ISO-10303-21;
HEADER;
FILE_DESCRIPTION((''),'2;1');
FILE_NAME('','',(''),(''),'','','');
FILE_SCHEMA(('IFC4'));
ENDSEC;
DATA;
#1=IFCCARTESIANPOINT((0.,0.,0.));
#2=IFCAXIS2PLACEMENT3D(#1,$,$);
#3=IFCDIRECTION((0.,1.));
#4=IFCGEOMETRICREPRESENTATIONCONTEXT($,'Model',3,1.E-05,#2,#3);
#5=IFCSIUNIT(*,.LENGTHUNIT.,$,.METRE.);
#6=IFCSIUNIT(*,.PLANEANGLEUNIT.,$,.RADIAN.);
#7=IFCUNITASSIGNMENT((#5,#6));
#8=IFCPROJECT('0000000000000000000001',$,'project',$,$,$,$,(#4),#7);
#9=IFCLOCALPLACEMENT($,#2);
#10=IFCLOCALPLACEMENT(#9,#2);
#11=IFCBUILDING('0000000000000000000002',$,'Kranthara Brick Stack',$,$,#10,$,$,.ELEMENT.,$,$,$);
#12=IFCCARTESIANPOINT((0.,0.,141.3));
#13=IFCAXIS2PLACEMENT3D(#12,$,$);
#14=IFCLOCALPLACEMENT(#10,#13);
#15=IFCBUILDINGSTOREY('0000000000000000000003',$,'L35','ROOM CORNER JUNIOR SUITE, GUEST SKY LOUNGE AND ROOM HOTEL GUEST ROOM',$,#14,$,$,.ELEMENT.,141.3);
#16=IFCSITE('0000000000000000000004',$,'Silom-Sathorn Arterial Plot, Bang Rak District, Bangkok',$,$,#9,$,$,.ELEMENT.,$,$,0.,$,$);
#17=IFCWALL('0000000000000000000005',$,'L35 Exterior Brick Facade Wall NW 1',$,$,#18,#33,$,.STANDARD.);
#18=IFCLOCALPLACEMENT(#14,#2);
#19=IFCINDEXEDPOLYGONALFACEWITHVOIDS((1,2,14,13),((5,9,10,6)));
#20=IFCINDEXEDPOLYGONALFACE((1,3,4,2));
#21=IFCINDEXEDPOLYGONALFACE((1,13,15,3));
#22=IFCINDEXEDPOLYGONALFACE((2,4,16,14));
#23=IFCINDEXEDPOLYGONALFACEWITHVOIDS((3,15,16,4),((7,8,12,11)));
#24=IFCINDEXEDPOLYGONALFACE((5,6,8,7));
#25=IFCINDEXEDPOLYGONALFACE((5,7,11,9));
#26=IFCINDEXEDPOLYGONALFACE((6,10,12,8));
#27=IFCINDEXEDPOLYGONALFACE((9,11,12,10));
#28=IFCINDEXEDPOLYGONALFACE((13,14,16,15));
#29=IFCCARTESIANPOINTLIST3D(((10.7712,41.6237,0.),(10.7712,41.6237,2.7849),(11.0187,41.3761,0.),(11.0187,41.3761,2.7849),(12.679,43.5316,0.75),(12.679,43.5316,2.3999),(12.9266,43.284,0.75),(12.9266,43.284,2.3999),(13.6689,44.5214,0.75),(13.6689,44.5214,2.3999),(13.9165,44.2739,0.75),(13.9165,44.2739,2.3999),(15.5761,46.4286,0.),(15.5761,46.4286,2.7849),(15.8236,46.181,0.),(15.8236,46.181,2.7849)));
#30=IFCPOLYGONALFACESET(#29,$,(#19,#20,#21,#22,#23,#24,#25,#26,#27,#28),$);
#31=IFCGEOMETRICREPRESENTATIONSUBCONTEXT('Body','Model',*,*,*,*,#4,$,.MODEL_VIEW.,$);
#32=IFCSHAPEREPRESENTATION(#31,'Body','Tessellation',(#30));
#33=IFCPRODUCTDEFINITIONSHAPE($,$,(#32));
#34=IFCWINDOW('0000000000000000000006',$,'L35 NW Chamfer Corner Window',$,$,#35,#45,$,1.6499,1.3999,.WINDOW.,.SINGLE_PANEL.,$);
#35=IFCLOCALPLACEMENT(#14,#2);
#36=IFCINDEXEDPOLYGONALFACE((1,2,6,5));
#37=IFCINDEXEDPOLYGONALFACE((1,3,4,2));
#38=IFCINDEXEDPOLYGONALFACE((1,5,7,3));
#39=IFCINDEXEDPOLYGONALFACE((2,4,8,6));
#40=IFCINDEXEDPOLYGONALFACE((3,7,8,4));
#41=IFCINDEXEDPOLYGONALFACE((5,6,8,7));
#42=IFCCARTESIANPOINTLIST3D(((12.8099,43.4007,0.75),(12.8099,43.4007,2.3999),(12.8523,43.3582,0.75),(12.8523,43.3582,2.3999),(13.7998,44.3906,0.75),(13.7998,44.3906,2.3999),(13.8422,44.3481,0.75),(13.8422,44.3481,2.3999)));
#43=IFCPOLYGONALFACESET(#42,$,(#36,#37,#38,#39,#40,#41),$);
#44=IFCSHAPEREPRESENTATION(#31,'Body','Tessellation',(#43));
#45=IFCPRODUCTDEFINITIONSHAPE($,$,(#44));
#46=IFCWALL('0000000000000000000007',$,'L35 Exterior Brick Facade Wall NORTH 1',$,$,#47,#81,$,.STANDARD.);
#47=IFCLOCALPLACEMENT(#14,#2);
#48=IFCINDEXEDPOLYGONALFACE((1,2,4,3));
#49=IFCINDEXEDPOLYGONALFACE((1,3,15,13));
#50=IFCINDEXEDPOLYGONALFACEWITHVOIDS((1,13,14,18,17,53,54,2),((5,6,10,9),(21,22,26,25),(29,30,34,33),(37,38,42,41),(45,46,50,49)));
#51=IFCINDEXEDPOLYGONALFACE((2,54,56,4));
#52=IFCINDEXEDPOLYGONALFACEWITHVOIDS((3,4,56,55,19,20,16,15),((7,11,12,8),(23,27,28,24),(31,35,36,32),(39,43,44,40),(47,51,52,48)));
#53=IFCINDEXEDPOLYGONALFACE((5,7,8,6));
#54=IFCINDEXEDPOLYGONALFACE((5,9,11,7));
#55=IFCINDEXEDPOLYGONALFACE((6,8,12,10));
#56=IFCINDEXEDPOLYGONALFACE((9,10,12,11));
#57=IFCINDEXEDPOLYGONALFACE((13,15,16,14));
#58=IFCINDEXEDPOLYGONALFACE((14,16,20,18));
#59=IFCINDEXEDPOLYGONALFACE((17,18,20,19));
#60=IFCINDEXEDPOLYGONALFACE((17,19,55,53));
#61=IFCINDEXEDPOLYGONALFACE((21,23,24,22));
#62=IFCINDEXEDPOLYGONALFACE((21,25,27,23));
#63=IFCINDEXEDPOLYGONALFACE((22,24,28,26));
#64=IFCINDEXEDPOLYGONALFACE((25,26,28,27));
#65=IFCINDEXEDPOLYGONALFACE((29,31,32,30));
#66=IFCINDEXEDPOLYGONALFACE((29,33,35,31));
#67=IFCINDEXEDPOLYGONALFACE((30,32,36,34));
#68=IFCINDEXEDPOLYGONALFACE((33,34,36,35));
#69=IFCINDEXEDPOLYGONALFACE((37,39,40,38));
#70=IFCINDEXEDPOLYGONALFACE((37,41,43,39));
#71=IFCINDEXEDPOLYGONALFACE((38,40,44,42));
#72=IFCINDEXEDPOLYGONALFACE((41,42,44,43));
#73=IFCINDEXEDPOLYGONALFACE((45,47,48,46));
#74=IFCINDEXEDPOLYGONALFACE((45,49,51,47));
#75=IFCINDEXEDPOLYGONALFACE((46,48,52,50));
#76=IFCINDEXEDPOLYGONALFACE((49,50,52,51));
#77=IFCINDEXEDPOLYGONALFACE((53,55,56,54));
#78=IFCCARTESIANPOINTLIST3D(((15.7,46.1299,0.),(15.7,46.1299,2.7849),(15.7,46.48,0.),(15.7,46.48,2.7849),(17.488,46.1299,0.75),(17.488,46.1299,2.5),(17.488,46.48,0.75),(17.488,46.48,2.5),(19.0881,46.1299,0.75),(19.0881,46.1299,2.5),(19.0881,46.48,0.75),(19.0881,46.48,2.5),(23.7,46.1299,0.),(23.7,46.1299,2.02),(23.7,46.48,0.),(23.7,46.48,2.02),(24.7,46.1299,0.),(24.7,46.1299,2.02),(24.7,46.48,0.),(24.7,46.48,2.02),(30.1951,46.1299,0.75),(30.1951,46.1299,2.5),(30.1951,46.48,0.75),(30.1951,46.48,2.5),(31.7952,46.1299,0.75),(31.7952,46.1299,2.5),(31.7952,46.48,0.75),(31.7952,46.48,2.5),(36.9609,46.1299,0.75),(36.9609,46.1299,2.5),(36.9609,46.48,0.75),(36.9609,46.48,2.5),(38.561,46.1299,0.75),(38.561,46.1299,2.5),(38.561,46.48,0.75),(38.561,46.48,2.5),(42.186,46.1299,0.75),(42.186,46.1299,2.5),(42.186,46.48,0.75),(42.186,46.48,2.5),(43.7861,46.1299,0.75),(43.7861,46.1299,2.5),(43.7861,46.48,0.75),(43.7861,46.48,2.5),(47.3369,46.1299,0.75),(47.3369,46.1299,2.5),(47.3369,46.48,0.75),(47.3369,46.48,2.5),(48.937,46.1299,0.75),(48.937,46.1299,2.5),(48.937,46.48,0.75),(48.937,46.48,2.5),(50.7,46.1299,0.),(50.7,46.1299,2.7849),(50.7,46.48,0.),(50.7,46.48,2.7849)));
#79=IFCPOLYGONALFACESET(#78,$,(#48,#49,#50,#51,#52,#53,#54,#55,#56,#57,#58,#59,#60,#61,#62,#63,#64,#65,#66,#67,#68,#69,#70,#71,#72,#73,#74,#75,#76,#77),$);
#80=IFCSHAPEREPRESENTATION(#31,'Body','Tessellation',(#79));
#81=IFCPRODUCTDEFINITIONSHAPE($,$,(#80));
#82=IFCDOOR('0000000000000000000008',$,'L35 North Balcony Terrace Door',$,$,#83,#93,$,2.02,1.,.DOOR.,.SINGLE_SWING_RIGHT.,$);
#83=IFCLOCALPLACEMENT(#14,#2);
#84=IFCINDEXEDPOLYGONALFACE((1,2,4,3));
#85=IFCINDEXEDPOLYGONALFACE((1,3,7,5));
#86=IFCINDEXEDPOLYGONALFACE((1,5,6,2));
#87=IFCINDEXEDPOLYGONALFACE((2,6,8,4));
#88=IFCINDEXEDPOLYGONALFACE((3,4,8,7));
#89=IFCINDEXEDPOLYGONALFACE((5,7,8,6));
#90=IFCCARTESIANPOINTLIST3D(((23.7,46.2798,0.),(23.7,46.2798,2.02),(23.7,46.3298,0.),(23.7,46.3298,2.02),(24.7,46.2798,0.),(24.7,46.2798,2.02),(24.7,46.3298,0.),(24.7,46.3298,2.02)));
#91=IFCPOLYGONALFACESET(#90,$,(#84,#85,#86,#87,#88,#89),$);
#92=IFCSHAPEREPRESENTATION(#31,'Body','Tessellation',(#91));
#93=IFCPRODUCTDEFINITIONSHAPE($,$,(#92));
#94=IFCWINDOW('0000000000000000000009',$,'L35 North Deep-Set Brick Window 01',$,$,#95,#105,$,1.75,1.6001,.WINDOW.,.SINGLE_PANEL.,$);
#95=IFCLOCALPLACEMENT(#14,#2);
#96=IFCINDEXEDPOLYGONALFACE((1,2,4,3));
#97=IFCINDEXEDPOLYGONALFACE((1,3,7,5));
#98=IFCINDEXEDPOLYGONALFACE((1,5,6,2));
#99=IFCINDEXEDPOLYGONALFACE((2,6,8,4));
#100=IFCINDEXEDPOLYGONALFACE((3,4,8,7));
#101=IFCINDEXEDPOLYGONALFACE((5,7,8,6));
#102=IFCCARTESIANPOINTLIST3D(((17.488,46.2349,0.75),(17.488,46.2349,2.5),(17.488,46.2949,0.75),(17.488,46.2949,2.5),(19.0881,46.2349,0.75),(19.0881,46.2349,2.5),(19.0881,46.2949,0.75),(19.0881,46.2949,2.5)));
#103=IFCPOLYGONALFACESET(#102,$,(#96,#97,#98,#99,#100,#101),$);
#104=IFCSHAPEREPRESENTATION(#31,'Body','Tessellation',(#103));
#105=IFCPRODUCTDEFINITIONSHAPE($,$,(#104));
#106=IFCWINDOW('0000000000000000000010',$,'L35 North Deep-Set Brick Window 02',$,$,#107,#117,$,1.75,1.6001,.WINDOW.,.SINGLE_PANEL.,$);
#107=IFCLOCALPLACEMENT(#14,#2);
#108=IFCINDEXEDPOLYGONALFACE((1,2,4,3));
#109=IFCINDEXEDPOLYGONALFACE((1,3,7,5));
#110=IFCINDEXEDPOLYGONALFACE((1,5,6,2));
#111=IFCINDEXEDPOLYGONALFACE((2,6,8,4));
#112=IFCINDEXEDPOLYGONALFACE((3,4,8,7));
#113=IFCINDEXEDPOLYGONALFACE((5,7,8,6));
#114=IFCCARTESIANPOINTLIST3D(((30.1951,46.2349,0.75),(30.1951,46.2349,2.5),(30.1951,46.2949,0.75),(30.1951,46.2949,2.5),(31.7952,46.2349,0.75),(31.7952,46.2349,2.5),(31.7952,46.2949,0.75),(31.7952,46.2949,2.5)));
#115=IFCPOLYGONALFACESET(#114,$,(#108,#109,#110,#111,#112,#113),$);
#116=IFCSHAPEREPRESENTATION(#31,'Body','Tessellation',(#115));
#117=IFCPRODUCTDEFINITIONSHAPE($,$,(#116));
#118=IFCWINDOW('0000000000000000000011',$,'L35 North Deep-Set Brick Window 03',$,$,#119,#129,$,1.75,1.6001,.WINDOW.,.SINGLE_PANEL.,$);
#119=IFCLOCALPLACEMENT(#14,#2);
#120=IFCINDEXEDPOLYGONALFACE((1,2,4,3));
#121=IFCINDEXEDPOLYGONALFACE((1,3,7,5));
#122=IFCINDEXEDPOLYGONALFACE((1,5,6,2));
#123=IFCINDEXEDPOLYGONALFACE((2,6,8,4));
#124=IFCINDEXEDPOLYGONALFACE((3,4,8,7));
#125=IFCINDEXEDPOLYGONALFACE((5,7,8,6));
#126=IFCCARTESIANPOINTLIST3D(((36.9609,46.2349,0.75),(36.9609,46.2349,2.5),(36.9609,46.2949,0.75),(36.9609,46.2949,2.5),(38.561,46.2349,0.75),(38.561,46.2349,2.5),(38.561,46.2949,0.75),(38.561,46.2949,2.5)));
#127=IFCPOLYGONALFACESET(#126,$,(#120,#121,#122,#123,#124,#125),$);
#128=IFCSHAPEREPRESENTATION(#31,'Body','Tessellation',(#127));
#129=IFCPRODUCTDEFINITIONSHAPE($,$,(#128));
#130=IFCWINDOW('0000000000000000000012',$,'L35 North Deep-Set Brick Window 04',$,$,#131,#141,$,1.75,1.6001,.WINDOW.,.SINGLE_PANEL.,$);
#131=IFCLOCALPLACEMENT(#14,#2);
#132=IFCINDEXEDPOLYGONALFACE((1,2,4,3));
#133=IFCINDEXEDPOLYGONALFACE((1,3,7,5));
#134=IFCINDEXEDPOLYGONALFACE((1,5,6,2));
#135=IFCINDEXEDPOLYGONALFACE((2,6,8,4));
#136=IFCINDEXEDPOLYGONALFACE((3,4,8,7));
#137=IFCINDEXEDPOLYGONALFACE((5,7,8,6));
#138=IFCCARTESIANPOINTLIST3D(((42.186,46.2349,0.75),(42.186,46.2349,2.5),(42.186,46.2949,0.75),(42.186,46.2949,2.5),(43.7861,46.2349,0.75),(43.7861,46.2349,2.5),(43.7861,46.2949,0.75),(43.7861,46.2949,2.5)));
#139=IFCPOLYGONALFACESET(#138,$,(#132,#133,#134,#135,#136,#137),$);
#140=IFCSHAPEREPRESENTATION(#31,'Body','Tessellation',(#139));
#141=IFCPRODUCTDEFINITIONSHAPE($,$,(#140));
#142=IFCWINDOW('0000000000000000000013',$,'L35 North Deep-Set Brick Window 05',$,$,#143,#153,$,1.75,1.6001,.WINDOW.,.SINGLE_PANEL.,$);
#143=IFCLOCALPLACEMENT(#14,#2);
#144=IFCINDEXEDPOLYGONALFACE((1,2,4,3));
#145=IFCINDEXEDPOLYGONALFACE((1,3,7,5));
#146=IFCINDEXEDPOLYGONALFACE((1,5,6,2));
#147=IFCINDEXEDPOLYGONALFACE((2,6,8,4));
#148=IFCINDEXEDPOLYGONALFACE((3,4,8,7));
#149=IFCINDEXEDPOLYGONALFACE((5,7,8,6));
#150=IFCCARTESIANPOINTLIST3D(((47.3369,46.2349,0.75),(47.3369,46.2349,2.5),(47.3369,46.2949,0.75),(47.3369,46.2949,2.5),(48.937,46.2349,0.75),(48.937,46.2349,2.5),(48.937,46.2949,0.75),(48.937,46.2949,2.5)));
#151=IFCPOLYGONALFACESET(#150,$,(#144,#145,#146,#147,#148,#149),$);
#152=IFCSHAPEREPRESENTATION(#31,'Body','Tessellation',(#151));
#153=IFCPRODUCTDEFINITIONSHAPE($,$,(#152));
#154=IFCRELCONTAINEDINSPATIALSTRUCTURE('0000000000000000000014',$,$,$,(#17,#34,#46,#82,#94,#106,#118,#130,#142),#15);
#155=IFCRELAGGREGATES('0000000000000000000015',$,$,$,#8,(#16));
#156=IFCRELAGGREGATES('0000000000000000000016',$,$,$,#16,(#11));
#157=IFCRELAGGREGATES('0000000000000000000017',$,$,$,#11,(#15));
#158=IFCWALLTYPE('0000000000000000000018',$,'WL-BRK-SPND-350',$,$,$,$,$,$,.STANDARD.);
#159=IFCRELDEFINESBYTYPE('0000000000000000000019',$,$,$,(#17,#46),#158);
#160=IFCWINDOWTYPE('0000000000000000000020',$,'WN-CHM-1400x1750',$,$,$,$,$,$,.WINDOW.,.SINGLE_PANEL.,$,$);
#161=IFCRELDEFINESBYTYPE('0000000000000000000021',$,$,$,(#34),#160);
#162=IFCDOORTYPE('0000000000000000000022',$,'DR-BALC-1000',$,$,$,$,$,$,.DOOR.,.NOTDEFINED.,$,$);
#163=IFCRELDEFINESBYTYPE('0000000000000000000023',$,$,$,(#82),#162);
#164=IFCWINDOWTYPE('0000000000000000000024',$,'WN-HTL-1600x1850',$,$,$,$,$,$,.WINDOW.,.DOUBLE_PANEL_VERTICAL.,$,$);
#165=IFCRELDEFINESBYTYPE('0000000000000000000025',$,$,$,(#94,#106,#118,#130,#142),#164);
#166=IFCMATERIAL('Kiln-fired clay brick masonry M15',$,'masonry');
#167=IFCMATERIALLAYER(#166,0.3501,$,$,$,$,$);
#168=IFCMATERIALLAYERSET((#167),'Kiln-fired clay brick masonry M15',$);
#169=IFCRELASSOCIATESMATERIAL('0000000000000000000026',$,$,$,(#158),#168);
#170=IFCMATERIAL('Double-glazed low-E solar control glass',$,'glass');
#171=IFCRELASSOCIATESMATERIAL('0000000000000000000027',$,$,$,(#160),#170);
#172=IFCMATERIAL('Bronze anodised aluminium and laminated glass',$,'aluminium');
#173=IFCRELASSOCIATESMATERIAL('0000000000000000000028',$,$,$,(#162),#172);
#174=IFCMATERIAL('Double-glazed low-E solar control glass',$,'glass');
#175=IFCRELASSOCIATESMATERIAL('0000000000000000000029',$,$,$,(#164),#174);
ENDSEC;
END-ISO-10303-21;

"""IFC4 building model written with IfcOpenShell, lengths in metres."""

from ifc_helpers import new_model, si_unit, direction, frame, frame_2d, origin, place, context, subcontext, project, spatial, rectangle, extrude, material, layer, layer_set, type_object, element, fill, save


model = new_model("IFC4")

# Units and contexts
model_context = context("Model", 3, precision=1e-05, world=origin(), true_north=direction((0.0, 1.0)))
body_context = subcontext(model_context, "Body", "Model", "MODEL_VIEW")
ifc_project = project(units=[si_unit("LENGTHUNIT", "METRE"), si_unit("PLANEANGLEUNIT", "RADIAN")], contexts=[model_context])

# Site, building, storey
site_placement = place(None, origin())
site = spatial("IfcSite", under=ifc_project, at=site_placement, Name="Silom-Sathorn Arterial Plot, Bang Rak District, Bangkok", CompositionType="ELEMENT", RefElevation=0.0)
building_placement = place(site_placement, origin())
building = spatial("IfcBuilding", under=site, at=building_placement, Name="Kranthara Brick Stack", CompositionType="ELEMENT")
storey_placement = place(building_placement, frame((0.0, 0.0, 141.3)))
storey = spatial("IfcBuildingStorey", under=building, at=storey_placement, Name="L35", Description="ROOM CORNER JUNIOR SUITE, GUEST SKY LOUNGE AND ROOM HOTEL GUEST ROOM", CompositionType="ELEMENT", Elevation=141.3)

# Wall, opening, window
ifc_material_1 = material(Name="Kiln-fired clay brick masonry M15", Category="masonry")
ifc_layer_1 = layer(ifc_material_1, 0.3501)
ifc_layer_set_1 = layer_set([ifc_layer_1], Name="Kiln-fired clay brick masonry M15")
wall_type_1 = type_object("IfcWallType", Name="WL-BRK-SPND-350", PredefinedType="STANDARD", material=ifc_layer_set_1)
wall_1_placement = place(storey_placement, frame((10.895, 41.5, 0.0), z_axis=(0.0, 0.0, 1.0), x_axis=(0.707107, 0.707107, 0.0)))
wall_1 = element("IfcWall", 1, at=wall_1_placement, inside=storey, type_object=wall_type_1, Name="L35 Exterior Brick Facade Wall NW 1", PredefinedType="STANDARD", context=body_context, shape_type="SweptSolid", body=[
    extrude(rectangle(XDim=6.7952, YDim=0.3501, at=frame_2d((3.3975, 0.0))), origin(), (0.0, 0.0, 1.0), 2.7849),
])
opening_1_placement = place(wall_1_placement, frame((2.698, 0.0, 0.75)))
opening_1 = element("IfcOpeningElement", 2, at=opening_1_placement, cuts=wall_1, PredefinedType="OPENING", context=body_context, shape_type="SweptSolid", body=[
    extrude(rectangle(XDim=1.3999, YDim=1.6499, at=frame_2d((0.7, 0.825))), frame((0.0, 0.1851, 0.0), z_axis=(0.0, -1.0, 0.0), x_axis=(1.0, 0.0, 0.0)), (0.0, 0.0, 1.0), 0.3701),
])
ifc_material_2 = material(Name="Double-glazed low-E solar control glass", Category="glass")
window_type_1 = type_object("IfcWindowType", Name="WN-CHM-1400x1750", PartitioningType="SINGLE_PANEL", PredefinedType="WINDOW", material=ifc_material_2)
window_1_placement = place(opening_1_placement, origin())
window_1 = element("IfcWindow", 3, at=window_1_placement, inside=storey, type_object=window_type_1, Name="L35 NW Chamfer Corner Window", OverallHeight=1.6499, OverallWidth=1.3999, PartitioningType="SINGLE_PANEL", PredefinedType="WINDOW", context=body_context, shape_type="SweptSolid", body=[
    extrude(rectangle(XDim=1.3999, YDim=1.6499, at=frame_2d((0.7, 0.825))), frame((0.0, -0.01, 0.0), z_axis=(0.0, -1.0, 0.0), x_axis=(1.0, 0.0, 0.0)), (0.0, 0.0, 1.0), 0.0601),
])
fill(opening_1, window_1)

# Wall, openings, door, windows
wall_2_placement = place(storey_placement, frame((15.7, 46.3049, 0.0), z_axis=(0.0, 0.0, 1.0), x_axis=(1.0, 0.0, 0.0)))
wall_2 = element("IfcWall", 4, at=wall_2_placement, inside=storey, type_object=wall_type_1, Name="L35 Exterior Brick Facade Wall NORTH 1", PredefinedType="STANDARD", context=body_context, shape_type="SweptSolid", body=[
    extrude(rectangle(XDim=35.0, YDim=0.3501, at=frame_2d((17.5, 0.0))), origin(), (0.0, 0.0, 1.0), 2.7849),
])
opening_2_placement = place(wall_2_placement, frame((8.0, 0.0, 0.0)))
opening_2 = element("IfcOpeningElement", 5, at=opening_2_placement, cuts=wall_2, PredefinedType="OPENING", context=body_context, shape_type="SweptSolid", body=[
    extrude(rectangle(XDim=1.0, YDim=2.02, at=frame_2d((0.5, 1.01))), frame((0.0, 0.1851, 0.0), z_axis=(0.0, -1.0, 0.0), x_axis=(1.0, 0.0, 0.0)), (0.0, 0.0, 1.0), 0.3701),
])
opening_3_placement = place(wall_2_placement, frame((1.7881, 0.0, 0.75)))
opening_3 = element("IfcOpeningElement", 6, at=opening_3_placement, cuts=wall_2, PredefinedType="OPENING", context=body_context, shape_type="SweptSolid", body=[
    extrude(rectangle(XDim=1.6001, YDim=1.75, at=frame_2d((0.8, 0.875))), frame((0.0, 0.1851, 0.0), z_axis=(0.0, -1.0, 0.0), x_axis=(1.0, 0.0, 0.0)), (0.0, 0.0, 1.0), 0.3701),
])
opening_4_placement = place(wall_2_placement, frame((14.4951, 0.0, 0.75)))
opening_4 = element("IfcOpeningElement", 7, at=opening_4_placement, cuts=wall_2, PredefinedType="OPENING", context=body_context, shape_type="SweptSolid", body=[
    extrude(rectangle(XDim=1.6001, YDim=1.75, at=frame_2d((0.8, 0.875))), frame((0.0, 0.1851, 0.0), z_axis=(0.0, -1.0, 0.0), x_axis=(1.0, 0.0, 0.0)), (0.0, 0.0, 1.0), 0.3701),
])
opening_5_placement = place(wall_2_placement, frame((21.261, 0.0, 0.75)))
opening_5 = element("IfcOpeningElement", 8, at=opening_5_placement, cuts=wall_2, PredefinedType="OPENING", context=body_context, shape_type="SweptSolid", body=[
    extrude(rectangle(XDim=1.6001, YDim=1.75, at=frame_2d((0.8, 0.875))), frame((0.0, 0.1851, 0.0), z_axis=(0.0, -1.0, 0.0), x_axis=(1.0, 0.0, 0.0)), (0.0, 0.0, 1.0), 0.3701),
])
opening_6_placement = place(wall_2_placement, frame((26.4861, 0.0, 0.75)))
opening_6 = element("IfcOpeningElement", 9, at=opening_6_placement, cuts=wall_2, PredefinedType="OPENING", context=body_context, shape_type="SweptSolid", body=[
    extrude(rectangle(XDim=1.6001, YDim=1.75, at=frame_2d((0.8, 0.875))), frame((0.0, 0.1851, 0.0), z_axis=(0.0, -1.0, 0.0), x_axis=(1.0, 0.0, 0.0)), (0.0, 0.0, 1.0), 0.3701),
])
opening_7_placement = place(wall_2_placement, frame((31.637, 0.0, 0.75)))
opening_7 = element("IfcOpeningElement", 10, at=opening_7_placement, cuts=wall_2, PredefinedType="OPENING", context=body_context, shape_type="SweptSolid", body=[
    extrude(rectangle(XDim=1.6001, YDim=1.75, at=frame_2d((0.8, 0.875))), frame((0.0, 0.1851, 0.0), z_axis=(0.0, -1.0, 0.0), x_axis=(1.0, 0.0, 0.0)), (0.0, 0.0, 1.0), 0.3701),
])
ifc_material_3 = material(Name="Bronze anodised aluminium and laminated glass", Category="aluminium")
door_type_1 = type_object("IfcDoorType", Name="DR-BALC-1000", OperationType="NOTDEFINED", PredefinedType="DOOR", material=ifc_material_3)
door_1_placement = place(opening_2_placement, origin())
door_1 = element("IfcDoor", 11, at=door_1_placement, inside=storey, type_object=door_type_1, Name="L35 North Balcony Terrace Door", OperationType="SINGLE_SWING_RIGHT", OverallHeight=2.02, OverallWidth=1.0, PredefinedType="DOOR", context=body_context, shape_type="SweptSolid", body=[
    extrude(rectangle(XDim=1.0, YDim=2.02, at=frame_2d((0.5, 1.01))), frame((0.0, 0.0249, 0.0), z_axis=(0.0, -1.0, 0.0), x_axis=(1.0, 0.0, 0.0)), (0.0, 0.0, 1.0), 0.05),
])
fill(opening_2, door_1)
ifc_material_4 = material(Name="Double-glazed low-E solar control glass", Category="glass")
window_type_2 = type_object("IfcWindowType", Name="WN-HTL-1600x1850", PartitioningType="DOUBLE_PANEL_VERTICAL", PredefinedType="WINDOW", material=ifc_material_4)
window_2_placement = place(opening_3_placement, origin())
window_2 = element("IfcWindow", 12, at=window_2_placement, inside=storey, type_object=window_type_2, Name="L35 North Deep-Set Brick Window 01", OverallHeight=1.75, OverallWidth=1.6001, PartitioningType="SINGLE_PANEL", PredefinedType="WINDOW", context=body_context, shape_type="SweptSolid", body=[
    extrude(rectangle(XDim=1.6001, YDim=1.75, at=frame_2d((0.8, 0.875))), frame((0.0, -0.01, 0.0), z_axis=(0.0, -1.0, 0.0), x_axis=(1.0, 0.0, 0.0)), (0.0, 0.0, 1.0), 0.0601),
])
fill(opening_3, window_2)
window_3_placement = place(opening_4_placement, origin())
window_3 = element("IfcWindow", 13, at=window_3_placement, inside=storey, type_object=window_type_2, Name="L35 North Deep-Set Brick Window 02", OverallHeight=1.75, OverallWidth=1.6001, PartitioningType="SINGLE_PANEL", PredefinedType="WINDOW", context=body_context, shape_type="SweptSolid", body=[
    extrude(rectangle(XDim=1.6001, YDim=1.75, at=frame_2d((0.8, 0.875))), frame((0.0, -0.01, 0.0), z_axis=(0.0, -1.0, 0.0), x_axis=(1.0, 0.0, 0.0)), (0.0, 0.0, 1.0), 0.0601),
])
fill(opening_4, window_3)
window_4_placement = place(opening_5_placement, origin())
window_4 = element("IfcWindow", 14, at=window_4_placement, inside=storey, type_object=window_type_2, Name="L35 North Deep-Set Brick Window 03", OverallHeight=1.75, OverallWidth=1.6001, PartitioningType="SINGLE_PANEL", PredefinedType="WINDOW", context=body_context, shape_type="SweptSolid", body=[
    extrude(rectangle(XDim=1.6001, YDim=1.75, at=frame_2d((0.8, 0.875))), frame((0.0, -0.01, 0.0), z_axis=(0.0, -1.0, 0.0), x_axis=(1.0, 0.0, 0.0)), (0.0, 0.0, 1.0), 0.0601),
])
fill(opening_5, window_4)
window_5_placement = place(opening_6_placement, origin())
window_5 = element("IfcWindow", 15, at=window_5_placement, inside=storey, type_object=window_type_2, Name="L35 North Deep-Set Brick Window 04", OverallHeight=1.75, OverallWidth=1.6001, PartitioningType="SINGLE_PANEL", PredefinedType="WINDOW", context=body_context, shape_type="SweptSolid", body=[
    extrude(rectangle(XDim=1.6001, YDim=1.75, at=frame_2d((0.8, 0.875))), frame((0.0, -0.01, 0.0), z_axis=(0.0, -1.0, 0.0), x_axis=(1.0, 0.0, 0.0)), (0.0, 0.0, 1.0), 0.0601),
])
fill(opening_6, window_5)
window_6_placement = place(opening_7_placement, origin())
window_6 = element("IfcWindow", 16, at=window_6_placement, inside=storey, type_object=window_type_2, Name="L35 North Deep-Set Brick Window 05", OverallHeight=1.75, OverallWidth=1.6001, PartitioningType="SINGLE_PANEL", PredefinedType="WINDOW", context=body_context, shape_type="SweptSolid", body=[
    extrude(rectangle(XDim=1.6001, YDim=1.75, at=frame_2d((0.8, 0.875))), frame((0.0, -0.01, 0.0), z_axis=(0.0, -1.0, 0.0), x_axis=(1.0, 0.0, 0.0)), (0.0, 0.0, 1.0), 0.0601),
])
fill(opening_7, window_6)

save(model, "model.ifc")
